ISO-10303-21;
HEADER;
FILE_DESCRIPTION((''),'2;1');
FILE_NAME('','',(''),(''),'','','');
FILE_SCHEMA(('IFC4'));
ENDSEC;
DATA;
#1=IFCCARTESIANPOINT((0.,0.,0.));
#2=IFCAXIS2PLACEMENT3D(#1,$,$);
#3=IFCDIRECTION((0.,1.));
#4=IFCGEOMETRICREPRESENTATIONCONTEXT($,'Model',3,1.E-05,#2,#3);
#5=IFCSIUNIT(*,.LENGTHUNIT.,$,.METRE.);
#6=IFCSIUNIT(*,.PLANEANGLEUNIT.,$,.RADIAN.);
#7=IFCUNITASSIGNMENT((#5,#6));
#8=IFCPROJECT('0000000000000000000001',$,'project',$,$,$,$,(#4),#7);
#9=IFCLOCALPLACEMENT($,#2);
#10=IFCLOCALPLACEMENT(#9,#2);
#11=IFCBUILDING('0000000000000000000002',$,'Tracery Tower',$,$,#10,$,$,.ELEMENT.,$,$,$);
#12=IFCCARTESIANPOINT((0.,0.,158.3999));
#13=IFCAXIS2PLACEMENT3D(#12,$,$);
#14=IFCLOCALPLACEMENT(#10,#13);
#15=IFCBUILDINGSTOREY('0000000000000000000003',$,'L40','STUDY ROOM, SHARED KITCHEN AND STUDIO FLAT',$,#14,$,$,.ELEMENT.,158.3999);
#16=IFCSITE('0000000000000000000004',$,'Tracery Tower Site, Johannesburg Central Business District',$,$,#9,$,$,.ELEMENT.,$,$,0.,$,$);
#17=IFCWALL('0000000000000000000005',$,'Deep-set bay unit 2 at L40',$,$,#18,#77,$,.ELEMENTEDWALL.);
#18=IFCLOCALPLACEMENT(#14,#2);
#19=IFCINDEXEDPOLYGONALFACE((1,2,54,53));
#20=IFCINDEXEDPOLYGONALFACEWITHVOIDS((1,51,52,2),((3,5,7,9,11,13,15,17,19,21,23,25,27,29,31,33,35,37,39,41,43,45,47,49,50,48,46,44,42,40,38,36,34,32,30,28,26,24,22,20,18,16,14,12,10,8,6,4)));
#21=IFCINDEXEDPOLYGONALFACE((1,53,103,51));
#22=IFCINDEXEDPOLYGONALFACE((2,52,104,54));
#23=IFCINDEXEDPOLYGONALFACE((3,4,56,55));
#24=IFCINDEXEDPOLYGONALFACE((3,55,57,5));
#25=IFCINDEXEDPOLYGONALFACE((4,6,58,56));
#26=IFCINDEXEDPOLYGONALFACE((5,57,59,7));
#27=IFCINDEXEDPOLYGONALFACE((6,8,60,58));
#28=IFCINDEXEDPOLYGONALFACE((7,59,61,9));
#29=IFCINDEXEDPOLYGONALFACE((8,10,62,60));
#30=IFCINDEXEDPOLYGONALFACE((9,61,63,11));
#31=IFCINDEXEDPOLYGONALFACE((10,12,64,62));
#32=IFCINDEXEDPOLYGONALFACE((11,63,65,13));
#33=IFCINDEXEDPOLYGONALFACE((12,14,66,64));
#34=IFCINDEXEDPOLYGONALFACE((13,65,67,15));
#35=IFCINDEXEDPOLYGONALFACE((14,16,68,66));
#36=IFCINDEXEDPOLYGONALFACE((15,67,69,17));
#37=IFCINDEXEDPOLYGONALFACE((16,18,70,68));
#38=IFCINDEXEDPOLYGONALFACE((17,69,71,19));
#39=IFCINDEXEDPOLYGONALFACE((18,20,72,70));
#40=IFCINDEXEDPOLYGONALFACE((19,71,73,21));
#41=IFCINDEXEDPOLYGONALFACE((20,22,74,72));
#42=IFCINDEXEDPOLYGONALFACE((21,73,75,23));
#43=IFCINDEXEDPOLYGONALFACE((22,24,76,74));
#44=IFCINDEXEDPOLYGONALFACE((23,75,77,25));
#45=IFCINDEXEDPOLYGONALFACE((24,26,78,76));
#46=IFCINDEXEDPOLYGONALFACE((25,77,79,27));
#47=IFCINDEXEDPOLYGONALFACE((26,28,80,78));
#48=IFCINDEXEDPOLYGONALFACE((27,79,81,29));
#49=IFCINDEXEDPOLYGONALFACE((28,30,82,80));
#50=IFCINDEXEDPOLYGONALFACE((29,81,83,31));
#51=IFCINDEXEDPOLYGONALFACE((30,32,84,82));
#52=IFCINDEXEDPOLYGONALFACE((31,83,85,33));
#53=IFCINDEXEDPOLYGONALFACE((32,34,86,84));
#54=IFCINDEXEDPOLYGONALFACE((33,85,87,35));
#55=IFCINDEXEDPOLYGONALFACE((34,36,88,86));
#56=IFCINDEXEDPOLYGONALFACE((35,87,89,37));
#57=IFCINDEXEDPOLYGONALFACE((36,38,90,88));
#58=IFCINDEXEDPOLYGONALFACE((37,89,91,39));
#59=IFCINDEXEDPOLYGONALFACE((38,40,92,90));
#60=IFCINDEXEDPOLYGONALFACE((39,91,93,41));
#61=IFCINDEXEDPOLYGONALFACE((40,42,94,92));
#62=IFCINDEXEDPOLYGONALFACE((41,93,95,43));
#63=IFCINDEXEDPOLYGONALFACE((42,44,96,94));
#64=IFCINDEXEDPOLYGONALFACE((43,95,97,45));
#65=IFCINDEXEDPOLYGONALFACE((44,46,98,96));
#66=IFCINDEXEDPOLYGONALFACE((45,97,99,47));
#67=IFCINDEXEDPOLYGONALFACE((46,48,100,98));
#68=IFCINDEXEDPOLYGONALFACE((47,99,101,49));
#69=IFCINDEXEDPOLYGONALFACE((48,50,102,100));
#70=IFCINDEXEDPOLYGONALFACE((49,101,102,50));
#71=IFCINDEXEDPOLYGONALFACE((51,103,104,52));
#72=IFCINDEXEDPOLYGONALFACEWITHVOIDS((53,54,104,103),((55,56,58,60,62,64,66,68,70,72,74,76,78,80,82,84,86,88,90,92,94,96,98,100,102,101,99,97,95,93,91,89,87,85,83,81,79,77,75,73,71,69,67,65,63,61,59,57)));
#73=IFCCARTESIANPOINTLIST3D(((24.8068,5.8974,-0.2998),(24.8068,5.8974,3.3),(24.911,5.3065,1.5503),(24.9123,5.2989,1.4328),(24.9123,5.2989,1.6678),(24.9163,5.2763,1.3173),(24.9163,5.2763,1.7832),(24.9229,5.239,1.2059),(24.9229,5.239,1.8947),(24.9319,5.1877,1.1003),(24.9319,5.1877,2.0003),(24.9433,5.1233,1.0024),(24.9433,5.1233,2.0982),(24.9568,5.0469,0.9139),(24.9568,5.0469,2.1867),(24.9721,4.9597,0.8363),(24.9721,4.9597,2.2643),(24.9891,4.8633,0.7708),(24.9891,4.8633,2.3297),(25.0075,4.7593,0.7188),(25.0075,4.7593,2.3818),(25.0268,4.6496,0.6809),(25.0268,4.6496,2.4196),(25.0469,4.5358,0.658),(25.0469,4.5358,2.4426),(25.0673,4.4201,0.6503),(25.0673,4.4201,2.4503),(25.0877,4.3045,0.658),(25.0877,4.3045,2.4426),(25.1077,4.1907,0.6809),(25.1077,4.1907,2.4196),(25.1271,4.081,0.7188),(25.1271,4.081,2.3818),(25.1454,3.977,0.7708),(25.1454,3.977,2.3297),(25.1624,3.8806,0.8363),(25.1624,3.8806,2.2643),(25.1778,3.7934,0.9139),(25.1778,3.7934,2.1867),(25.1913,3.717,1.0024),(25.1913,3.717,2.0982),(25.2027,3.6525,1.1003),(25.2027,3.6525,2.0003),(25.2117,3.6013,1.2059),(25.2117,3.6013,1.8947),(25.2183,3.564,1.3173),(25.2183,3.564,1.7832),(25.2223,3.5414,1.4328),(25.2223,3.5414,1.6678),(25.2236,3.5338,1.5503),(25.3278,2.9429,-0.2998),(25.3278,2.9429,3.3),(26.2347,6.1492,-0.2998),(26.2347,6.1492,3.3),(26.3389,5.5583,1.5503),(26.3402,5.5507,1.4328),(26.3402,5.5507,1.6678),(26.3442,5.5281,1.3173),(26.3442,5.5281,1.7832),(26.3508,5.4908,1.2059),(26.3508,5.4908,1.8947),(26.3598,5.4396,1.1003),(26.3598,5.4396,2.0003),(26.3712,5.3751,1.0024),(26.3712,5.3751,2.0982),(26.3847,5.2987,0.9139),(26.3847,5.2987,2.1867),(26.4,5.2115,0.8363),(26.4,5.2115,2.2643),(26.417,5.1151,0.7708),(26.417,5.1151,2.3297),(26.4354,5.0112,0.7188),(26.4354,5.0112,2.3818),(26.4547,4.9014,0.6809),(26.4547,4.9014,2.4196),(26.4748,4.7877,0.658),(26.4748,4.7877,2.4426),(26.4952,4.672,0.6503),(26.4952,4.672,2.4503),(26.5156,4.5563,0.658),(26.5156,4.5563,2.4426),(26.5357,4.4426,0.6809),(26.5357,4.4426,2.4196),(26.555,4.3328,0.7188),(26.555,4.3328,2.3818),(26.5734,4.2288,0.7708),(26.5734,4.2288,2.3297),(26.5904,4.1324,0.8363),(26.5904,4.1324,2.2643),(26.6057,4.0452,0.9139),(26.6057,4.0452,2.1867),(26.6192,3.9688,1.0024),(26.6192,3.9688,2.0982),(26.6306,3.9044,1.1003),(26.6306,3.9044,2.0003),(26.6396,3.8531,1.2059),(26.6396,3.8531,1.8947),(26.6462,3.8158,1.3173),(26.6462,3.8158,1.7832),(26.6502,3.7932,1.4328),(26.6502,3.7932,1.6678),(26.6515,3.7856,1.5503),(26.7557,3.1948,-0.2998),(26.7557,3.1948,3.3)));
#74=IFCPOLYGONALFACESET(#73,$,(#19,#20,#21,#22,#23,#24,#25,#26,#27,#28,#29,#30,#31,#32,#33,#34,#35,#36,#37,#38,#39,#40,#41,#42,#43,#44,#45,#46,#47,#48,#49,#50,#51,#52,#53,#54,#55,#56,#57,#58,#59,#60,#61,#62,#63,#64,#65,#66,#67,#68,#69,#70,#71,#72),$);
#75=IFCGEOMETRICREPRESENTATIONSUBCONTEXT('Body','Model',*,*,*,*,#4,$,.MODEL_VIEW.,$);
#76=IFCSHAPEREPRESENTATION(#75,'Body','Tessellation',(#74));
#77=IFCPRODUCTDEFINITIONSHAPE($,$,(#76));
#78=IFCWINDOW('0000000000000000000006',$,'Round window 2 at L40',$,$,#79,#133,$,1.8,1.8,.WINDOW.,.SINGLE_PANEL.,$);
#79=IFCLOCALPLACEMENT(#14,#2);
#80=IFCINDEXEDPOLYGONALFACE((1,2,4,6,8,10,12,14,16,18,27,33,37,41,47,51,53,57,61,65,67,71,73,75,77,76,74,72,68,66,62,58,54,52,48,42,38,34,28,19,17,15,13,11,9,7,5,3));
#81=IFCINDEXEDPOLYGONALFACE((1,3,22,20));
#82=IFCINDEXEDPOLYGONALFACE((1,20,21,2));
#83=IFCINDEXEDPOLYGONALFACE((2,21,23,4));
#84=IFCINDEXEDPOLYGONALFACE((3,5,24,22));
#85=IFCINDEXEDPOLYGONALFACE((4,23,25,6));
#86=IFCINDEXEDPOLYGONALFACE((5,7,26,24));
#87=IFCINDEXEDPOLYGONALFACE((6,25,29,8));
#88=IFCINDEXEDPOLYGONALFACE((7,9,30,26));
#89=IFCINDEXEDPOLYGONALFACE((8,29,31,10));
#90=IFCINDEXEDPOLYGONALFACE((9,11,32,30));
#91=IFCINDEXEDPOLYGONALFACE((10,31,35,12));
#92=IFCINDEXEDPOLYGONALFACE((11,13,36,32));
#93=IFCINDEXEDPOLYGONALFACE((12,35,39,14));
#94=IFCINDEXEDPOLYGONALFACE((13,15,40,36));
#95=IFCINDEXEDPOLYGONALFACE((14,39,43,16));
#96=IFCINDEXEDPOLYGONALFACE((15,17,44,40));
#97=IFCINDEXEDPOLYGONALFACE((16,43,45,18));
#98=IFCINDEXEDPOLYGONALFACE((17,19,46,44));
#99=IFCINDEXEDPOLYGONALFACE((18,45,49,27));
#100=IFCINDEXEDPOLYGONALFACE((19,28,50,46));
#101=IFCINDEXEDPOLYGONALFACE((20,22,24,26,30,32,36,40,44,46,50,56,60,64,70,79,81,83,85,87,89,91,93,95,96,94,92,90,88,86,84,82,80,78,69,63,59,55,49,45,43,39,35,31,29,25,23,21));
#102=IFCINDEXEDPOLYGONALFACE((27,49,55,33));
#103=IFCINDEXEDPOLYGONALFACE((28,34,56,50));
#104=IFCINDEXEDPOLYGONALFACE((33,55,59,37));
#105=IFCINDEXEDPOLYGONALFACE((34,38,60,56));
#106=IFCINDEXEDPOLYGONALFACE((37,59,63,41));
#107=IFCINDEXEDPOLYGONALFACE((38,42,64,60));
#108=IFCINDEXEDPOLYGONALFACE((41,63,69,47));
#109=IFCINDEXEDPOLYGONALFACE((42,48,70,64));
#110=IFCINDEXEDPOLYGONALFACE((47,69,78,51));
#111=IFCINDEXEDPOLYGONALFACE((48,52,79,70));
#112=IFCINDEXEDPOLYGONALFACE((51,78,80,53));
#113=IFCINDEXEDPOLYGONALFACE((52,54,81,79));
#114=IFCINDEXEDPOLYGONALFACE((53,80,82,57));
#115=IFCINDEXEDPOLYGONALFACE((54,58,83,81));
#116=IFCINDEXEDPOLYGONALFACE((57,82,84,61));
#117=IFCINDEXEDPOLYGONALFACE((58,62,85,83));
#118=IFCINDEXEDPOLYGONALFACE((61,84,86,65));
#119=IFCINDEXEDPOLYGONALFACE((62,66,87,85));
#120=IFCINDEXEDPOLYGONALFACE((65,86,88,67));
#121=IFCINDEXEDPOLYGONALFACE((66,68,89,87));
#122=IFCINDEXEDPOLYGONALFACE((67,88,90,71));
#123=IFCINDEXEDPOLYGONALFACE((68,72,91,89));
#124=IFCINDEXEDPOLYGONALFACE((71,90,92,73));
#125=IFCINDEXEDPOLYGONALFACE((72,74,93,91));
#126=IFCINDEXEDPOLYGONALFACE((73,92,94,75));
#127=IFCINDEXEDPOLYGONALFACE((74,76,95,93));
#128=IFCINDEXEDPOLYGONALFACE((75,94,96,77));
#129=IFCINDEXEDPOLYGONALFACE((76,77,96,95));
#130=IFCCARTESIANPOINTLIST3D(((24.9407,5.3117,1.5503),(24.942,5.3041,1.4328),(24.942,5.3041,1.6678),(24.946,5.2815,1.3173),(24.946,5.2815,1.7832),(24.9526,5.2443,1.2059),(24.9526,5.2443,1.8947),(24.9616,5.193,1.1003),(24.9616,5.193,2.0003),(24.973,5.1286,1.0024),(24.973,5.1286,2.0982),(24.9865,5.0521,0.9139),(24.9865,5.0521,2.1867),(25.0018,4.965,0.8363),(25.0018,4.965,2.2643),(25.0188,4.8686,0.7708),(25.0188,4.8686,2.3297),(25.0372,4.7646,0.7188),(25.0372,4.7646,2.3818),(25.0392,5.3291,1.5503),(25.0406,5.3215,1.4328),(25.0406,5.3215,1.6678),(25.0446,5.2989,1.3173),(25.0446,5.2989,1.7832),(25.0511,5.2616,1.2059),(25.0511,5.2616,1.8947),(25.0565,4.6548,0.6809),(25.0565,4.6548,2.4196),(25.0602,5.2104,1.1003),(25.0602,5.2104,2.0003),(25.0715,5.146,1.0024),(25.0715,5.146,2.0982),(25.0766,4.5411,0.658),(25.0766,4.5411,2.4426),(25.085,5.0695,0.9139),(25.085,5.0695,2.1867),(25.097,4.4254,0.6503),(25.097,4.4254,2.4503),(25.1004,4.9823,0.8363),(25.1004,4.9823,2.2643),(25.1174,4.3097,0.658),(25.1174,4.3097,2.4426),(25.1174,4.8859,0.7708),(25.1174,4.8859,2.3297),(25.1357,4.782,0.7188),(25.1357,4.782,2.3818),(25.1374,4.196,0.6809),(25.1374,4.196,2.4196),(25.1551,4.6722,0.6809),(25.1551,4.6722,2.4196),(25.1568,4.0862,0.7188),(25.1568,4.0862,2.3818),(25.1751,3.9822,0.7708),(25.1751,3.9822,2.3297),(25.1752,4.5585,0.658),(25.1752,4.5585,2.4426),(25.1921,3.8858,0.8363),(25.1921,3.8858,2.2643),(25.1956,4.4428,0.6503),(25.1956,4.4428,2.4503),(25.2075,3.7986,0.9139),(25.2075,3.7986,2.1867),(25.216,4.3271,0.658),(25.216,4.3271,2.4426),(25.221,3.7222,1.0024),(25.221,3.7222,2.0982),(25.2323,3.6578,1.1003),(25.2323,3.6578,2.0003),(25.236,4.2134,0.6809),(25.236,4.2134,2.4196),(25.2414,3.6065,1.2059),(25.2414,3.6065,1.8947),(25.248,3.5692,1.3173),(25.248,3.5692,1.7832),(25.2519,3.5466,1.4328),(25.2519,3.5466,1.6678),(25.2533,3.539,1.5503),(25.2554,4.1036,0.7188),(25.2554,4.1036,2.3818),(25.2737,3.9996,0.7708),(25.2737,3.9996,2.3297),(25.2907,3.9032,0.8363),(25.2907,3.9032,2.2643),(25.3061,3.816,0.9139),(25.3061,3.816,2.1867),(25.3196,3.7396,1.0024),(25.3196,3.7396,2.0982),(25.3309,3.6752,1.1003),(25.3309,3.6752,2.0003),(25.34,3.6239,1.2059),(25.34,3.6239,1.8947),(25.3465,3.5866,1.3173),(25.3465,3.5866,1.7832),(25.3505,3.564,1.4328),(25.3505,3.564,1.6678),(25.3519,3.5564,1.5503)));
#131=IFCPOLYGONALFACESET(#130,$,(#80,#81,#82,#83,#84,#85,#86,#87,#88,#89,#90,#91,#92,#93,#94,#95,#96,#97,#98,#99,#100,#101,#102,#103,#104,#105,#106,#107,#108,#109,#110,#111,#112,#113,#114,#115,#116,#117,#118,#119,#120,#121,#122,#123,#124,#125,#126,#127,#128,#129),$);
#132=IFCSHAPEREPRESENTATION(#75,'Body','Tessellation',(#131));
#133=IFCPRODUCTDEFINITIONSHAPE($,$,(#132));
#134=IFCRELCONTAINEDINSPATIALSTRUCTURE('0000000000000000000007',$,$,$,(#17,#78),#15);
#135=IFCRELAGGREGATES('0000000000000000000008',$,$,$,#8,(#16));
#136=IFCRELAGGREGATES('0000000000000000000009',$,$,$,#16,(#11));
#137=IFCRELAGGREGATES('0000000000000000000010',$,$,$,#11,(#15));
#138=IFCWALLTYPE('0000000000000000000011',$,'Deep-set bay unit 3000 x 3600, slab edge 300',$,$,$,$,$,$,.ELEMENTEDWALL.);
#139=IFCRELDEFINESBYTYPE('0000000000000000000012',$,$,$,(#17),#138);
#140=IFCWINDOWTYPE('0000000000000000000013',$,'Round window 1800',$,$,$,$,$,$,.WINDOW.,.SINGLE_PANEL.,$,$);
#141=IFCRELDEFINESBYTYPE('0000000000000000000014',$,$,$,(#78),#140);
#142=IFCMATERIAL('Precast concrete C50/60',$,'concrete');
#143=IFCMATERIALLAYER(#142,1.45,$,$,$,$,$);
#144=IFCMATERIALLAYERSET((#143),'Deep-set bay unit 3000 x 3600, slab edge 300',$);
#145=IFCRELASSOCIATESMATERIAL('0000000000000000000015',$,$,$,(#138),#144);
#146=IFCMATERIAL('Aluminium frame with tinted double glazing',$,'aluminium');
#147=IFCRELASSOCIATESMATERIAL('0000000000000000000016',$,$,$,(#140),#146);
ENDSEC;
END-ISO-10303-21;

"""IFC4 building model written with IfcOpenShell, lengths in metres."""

from ifc_helpers import new_model, si_unit, direction, frame, frame_2d, origin, origin_2d, place, context, subcontext, project, spatial, rectangle, circle, extrude, material, layer, layer_set, type_object, element, fill, save


model = new_model("IFC4")

# Units and contexts
model_context = context("Model", 3, precision=1e-05, world=origin(), true_north=direction((0.0, 1.0)))
body_context = subcontext(model_context, "Body", "Model", "MODEL_VIEW")
ifc_project = project(units=[si_unit("LENGTHUNIT", "METRE"), si_unit("PLANEANGLEUNIT", "RADIAN")], contexts=[model_context])

# Site, building, storey
site_placement = place(None, origin())
site = spatial("IfcSite", under=ifc_project, at=site_placement, Name="Tracery Tower Site, Johannesburg Central Business District", CompositionType="ELEMENT", RefElevation=0.0)
building_placement = place(site_placement, origin())
building = spatial("IfcBuilding", under=site, at=building_placement, Name="Tracery Tower", CompositionType="ELEMENT")
storey_placement = place(building_placement, frame((0.0, 0.0, 158.3999)))
storey = spatial("IfcBuildingStorey", under=building, at=storey_placement, Name="L40", Description="STUDY ROOM, SHARED KITCHEN AND STUDIO FLAT", CompositionType="ELEMENT", Elevation=158.3999)

# Wall, opening, window
ifc_material_1 = material(Name="Precast concrete C50/60", Category="concrete")
ifc_layer_1 = layer(ifc_material_1, 1.45)
ifc_layer_set_1 = layer_set([ifc_layer_1], Name="Deep-set bay unit 3000 x 3600, slab edge 300")
wall_type_1 = type_object("IfcWallType", Name="Deep-set bay unit 3000 x 3600, slab edge 300", PredefinedType="ELEMENTEDWALL", material=ifc_layer_set_1)
wall_1_placement = place(storey_placement, frame((26.0417, 3.0688, -0.2998), z_axis=(0.0, 0.0, 1.0), x_axis=(-0.173669, 0.984804, 0.0)))
wall_1 = element("IfcWall", 1, at=wall_1_placement, inside=storey, type_object=wall_type_1, Name="Deep-set bay unit 2 at L40", PredefinedType="ELEMENTEDWALL", context=body_context, shape_type="SweptSolid", body=[
    extrude(rectangle(XDim=3.0, YDim=1.45, at=frame_2d((1.5, 0.0))), origin(), (0.0, 0.0, 1.0), 3.5999),
])
opening_1_placement = place(wall_1_placement, frame((1.5, 0.0, 1.8501)))
opening_1 = element("IfcOpeningElement", 2, at=opening_1_placement, cuts=wall_1, PredefinedType="OPENING", context=body_context, shape_type="SweptSolid", body=[
    extrude(circle(Radius=0.9, at=origin_2d()), frame((0.0, 0.7349, 0.0), z_axis=(0.0, -1.0, 0.0), x_axis=(1.0, 0.0, 0.0)), (0.0, 0.0, 1.0), 1.47),
])
ifc_material_2 = material(Name="Aluminium frame with tinted double glazing", Category="aluminium")
window_type = type_object("IfcWindowType", Name="Round window 1800", PartitioningType="SINGLE_PANEL", PredefinedType="WINDOW", material=ifc_material_2)
window_1_placement = place(opening_1_placement, origin())
window_1 = element("IfcWindow", 3, at=window_1_placement, inside=storey, type_object=window_type, Name="Round window 2 at L40", OverallHeight=1.8, OverallWidth=1.8, PartitioningType="SINGLE_PANEL", PredefinedType="WINDOW", context=body_context, shape_type="SweptSolid", body=[
    extrude(circle(Radius=0.9, at=origin_2d()), frame((0.0, 0.6948, 0.0), z_axis=(0.0, -1.0, 0.0), x_axis=(1.0, 0.0, 0.0)), (0.0, 0.0, 1.0), 0.1001),
])
fill(opening_1, window_1)

save(model, "model.ifc")
